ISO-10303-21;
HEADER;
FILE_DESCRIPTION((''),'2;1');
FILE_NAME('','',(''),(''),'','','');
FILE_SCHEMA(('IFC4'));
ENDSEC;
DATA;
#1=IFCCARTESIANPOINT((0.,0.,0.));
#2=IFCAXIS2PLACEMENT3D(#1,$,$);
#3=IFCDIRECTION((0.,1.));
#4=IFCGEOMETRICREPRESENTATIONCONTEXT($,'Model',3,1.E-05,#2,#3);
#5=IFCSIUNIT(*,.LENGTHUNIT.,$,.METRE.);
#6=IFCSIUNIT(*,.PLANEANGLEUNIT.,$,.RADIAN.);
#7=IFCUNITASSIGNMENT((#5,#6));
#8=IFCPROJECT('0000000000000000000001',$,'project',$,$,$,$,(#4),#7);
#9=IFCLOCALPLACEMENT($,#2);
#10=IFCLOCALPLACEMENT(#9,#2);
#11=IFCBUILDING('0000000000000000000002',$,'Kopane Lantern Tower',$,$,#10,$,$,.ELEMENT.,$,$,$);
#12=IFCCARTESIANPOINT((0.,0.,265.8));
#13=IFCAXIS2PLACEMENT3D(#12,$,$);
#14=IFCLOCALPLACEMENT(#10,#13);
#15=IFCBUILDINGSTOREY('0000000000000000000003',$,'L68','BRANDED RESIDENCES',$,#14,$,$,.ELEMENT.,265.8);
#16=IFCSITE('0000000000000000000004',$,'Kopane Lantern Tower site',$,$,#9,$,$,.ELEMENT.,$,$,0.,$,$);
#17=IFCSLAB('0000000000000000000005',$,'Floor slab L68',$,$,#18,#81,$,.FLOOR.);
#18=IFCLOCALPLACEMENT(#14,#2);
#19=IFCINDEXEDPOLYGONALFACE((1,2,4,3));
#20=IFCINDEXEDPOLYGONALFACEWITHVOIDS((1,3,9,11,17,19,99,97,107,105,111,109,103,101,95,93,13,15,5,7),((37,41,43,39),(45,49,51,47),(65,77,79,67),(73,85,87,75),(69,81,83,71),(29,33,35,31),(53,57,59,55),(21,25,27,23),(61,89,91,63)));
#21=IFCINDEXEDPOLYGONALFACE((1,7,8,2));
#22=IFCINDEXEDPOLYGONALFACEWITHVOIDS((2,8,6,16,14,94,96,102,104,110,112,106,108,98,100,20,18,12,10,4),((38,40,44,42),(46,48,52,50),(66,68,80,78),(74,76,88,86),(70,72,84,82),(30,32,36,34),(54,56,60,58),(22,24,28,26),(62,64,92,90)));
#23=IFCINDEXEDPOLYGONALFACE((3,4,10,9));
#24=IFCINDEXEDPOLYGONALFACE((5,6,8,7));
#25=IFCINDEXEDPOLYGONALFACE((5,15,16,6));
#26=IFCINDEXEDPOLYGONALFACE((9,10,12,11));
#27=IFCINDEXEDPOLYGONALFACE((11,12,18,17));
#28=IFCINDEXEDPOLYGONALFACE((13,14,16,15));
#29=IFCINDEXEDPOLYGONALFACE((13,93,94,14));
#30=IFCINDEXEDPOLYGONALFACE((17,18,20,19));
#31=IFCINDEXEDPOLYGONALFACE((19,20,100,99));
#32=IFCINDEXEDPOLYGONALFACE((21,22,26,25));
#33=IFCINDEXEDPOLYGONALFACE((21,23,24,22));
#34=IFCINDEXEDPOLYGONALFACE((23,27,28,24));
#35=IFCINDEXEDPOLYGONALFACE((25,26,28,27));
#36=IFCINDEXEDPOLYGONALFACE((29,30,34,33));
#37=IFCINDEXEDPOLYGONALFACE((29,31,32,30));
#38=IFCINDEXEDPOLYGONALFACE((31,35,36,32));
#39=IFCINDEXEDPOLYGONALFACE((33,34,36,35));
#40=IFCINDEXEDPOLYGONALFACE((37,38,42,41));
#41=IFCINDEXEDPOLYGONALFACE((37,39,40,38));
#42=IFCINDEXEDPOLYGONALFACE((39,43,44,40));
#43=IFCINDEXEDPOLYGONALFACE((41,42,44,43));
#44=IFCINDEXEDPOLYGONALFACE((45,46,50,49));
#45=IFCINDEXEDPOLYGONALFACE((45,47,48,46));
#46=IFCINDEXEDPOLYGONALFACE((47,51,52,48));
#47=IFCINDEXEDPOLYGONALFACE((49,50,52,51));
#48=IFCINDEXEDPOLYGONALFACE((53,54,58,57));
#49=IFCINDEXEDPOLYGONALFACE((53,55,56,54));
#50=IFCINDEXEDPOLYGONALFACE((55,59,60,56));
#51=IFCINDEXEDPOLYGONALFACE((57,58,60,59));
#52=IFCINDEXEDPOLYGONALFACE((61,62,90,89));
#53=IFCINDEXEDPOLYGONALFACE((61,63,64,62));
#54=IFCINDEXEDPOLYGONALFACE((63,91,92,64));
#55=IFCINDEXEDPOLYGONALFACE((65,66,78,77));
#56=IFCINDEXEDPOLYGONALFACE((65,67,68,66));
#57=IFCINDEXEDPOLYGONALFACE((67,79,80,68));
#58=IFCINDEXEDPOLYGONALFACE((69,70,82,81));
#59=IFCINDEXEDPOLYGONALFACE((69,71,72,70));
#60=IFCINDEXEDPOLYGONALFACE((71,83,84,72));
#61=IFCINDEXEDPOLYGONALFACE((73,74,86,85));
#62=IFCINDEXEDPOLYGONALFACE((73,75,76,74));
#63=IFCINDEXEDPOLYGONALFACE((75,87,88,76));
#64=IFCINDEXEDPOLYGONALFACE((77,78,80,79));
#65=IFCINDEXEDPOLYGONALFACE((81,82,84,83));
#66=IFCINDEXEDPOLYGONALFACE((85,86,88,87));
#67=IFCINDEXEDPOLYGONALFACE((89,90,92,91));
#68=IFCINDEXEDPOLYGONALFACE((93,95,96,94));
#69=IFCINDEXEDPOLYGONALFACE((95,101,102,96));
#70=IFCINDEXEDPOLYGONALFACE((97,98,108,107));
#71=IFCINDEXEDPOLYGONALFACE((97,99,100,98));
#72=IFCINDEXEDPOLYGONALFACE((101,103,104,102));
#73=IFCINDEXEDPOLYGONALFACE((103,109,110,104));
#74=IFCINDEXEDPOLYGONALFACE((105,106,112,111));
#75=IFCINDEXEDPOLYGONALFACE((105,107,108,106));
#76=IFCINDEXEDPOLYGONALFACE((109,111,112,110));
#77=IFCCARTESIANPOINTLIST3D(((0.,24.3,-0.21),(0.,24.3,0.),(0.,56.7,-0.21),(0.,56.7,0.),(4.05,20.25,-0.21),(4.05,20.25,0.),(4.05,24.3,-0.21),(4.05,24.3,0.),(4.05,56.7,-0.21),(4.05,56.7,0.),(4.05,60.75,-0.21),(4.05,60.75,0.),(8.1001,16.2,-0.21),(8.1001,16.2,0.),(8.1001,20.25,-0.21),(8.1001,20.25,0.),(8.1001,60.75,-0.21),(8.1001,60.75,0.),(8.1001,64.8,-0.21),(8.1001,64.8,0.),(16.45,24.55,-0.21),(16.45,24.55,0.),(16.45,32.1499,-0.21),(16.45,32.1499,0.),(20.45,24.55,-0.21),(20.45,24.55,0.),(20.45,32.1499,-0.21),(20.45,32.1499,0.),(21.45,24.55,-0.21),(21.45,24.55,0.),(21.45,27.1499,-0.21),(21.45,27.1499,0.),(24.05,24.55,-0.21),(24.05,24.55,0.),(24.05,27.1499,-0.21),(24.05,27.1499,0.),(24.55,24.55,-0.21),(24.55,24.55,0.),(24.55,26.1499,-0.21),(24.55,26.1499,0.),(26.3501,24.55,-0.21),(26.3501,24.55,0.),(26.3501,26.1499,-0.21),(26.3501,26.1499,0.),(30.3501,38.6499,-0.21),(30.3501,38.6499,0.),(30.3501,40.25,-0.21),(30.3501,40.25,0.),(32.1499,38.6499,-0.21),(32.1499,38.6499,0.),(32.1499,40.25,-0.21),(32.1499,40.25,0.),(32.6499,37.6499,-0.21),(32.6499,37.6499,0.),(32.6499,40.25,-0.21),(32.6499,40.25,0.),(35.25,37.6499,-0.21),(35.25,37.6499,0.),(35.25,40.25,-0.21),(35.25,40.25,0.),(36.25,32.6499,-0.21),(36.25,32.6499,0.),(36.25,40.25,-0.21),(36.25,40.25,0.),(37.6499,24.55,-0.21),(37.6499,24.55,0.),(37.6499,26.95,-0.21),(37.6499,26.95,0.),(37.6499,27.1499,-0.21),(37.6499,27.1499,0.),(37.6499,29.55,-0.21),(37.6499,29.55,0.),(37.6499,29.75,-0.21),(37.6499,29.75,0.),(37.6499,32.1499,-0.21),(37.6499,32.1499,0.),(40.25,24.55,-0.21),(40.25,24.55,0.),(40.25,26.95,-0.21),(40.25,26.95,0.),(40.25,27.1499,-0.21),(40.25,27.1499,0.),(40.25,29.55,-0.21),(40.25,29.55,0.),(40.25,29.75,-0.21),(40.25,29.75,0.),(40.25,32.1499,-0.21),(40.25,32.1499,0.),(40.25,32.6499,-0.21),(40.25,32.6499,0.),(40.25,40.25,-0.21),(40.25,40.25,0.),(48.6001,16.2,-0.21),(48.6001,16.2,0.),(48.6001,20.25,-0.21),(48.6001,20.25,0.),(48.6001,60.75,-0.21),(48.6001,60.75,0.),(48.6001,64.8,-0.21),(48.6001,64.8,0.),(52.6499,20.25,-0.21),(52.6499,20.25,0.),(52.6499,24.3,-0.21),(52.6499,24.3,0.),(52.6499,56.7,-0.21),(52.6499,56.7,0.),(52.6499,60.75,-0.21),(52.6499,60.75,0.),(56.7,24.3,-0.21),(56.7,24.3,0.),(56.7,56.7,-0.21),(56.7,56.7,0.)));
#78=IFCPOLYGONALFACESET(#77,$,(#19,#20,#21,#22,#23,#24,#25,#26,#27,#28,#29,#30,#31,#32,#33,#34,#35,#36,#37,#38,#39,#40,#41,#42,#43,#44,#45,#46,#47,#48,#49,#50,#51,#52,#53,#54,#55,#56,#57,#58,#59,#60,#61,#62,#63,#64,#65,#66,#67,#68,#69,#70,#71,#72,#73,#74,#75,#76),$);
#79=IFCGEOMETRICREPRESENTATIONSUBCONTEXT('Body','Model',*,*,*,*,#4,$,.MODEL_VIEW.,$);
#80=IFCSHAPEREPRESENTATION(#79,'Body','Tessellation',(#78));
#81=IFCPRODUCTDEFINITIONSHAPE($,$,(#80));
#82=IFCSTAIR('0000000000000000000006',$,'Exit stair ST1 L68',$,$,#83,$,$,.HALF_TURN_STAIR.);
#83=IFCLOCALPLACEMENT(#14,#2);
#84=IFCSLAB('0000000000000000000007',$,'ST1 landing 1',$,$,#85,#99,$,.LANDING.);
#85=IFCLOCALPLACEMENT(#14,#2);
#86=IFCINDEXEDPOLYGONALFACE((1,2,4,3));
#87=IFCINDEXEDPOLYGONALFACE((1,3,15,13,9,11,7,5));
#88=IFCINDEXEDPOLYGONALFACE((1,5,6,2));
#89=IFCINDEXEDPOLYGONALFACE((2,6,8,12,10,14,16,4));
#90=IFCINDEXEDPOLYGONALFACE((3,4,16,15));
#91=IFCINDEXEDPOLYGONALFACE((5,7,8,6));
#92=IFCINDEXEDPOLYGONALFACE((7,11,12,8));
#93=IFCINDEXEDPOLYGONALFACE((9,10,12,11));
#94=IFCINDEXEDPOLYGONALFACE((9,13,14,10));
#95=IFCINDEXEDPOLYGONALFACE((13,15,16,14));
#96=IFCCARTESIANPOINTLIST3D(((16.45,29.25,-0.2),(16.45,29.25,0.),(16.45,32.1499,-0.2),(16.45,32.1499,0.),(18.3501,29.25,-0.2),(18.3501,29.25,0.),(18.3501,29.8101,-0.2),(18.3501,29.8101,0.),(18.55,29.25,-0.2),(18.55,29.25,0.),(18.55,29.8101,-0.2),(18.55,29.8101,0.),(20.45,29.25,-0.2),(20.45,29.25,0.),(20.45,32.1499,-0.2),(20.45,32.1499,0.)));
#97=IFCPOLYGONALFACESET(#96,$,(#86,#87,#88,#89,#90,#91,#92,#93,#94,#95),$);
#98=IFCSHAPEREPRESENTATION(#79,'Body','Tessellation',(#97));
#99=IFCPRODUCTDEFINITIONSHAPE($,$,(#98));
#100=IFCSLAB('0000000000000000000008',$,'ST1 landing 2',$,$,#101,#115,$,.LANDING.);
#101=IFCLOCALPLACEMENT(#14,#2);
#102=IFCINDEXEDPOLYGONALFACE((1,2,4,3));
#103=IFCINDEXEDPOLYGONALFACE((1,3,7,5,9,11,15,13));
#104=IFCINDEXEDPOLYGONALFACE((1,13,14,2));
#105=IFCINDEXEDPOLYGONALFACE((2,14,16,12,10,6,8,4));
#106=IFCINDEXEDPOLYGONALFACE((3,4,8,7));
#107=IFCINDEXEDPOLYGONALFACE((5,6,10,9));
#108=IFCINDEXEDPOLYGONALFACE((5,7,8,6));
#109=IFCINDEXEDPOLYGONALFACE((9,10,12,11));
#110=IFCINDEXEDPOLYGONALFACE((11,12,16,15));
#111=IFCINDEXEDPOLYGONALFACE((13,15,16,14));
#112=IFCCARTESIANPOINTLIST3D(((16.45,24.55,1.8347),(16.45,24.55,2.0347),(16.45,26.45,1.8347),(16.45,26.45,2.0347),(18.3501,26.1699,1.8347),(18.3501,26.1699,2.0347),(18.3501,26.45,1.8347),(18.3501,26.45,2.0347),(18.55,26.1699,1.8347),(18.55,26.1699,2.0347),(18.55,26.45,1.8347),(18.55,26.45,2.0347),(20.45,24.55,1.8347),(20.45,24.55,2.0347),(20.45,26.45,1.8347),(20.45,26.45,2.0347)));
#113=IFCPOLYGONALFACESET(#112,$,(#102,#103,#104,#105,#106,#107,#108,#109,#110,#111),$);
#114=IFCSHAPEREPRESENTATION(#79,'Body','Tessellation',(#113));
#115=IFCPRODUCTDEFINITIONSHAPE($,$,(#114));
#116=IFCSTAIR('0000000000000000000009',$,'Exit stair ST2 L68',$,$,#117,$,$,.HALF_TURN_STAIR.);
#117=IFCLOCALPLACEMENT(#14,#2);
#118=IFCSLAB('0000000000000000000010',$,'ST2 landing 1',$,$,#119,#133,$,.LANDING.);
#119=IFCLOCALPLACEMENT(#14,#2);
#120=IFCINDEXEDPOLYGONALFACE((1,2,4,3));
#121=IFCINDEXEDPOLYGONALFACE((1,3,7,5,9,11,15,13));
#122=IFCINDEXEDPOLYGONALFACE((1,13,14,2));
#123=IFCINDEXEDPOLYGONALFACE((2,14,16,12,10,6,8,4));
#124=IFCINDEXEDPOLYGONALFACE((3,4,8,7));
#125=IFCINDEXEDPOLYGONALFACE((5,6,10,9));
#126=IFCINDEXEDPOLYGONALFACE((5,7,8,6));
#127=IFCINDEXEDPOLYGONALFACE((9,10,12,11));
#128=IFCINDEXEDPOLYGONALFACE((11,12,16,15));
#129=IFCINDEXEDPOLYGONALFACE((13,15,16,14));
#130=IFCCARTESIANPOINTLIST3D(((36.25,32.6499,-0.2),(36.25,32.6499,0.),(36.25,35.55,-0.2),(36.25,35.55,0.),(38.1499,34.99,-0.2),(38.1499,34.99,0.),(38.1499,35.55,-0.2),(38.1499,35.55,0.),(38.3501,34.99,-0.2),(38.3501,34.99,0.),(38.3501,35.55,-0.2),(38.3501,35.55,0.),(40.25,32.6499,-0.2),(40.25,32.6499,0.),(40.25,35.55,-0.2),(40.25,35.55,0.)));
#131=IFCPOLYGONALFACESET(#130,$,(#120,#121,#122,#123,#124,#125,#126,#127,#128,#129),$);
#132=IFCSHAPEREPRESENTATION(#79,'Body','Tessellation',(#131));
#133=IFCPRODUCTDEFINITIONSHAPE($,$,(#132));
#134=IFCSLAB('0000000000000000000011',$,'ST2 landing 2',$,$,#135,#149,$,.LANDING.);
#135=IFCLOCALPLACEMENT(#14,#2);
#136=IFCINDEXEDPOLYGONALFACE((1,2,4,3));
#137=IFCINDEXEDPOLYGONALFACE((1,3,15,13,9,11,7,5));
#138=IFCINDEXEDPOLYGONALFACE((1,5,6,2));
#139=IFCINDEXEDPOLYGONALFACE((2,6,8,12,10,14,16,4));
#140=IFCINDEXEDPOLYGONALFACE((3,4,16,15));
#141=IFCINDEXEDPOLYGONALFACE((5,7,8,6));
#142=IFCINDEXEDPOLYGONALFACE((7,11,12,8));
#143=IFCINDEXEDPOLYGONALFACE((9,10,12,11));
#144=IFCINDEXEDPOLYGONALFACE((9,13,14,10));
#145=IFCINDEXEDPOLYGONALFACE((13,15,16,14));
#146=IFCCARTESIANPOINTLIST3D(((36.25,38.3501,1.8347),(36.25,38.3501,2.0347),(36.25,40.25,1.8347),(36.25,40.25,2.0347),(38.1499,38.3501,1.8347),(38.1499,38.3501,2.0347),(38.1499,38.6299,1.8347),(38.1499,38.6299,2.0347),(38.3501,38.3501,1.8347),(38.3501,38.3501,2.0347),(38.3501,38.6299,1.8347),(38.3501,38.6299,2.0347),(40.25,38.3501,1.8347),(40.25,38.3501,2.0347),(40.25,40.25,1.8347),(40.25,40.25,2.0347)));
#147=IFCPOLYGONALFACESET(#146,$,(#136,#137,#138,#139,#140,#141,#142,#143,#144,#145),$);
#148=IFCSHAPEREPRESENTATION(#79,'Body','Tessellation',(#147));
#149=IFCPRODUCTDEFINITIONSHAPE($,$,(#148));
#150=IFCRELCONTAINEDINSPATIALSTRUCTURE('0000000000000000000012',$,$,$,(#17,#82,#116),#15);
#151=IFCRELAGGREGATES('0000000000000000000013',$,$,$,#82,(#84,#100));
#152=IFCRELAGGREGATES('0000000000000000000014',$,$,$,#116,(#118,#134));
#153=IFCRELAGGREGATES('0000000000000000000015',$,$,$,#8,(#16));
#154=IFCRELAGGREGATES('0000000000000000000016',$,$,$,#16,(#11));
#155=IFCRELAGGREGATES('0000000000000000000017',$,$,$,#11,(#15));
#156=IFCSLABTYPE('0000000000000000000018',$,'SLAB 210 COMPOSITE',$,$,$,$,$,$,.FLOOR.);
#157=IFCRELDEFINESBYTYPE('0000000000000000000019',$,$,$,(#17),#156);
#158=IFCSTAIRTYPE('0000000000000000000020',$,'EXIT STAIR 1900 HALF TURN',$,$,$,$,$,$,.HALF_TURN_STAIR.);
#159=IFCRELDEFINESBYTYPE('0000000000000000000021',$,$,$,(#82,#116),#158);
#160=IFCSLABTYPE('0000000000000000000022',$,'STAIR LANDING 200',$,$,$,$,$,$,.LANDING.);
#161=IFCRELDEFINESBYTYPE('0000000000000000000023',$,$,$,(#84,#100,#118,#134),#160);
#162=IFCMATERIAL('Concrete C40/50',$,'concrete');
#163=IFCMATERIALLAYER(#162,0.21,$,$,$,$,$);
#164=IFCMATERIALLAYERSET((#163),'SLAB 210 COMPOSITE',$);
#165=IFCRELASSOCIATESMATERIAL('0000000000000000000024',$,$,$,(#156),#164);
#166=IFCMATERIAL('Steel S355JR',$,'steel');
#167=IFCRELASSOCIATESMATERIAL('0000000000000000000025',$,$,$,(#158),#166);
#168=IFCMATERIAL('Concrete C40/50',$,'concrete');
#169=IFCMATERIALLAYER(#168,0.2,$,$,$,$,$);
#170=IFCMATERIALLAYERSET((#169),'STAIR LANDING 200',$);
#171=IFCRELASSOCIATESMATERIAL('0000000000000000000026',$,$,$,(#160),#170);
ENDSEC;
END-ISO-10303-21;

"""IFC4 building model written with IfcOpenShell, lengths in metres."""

from ifc_helpers import new_model, si_unit, direction, frame, origin, place, context, subcontext, project, spatial, polyline, outline, extrude, material, layer, layer_set, type_object, element, aggregate, save


model = new_model("IFC4")

# Units and contexts
model_context = context("Model", 3, precision=1e-05, world=origin(), true_north=direction((0.0, 1.0)))
body_context = subcontext(model_context, "Body", "Model", "MODEL_VIEW")
ifc_project = project(units=[si_unit("LENGTHUNIT", "METRE"), si_unit("PLANEANGLEUNIT", "RADIAN")], contexts=[model_context])

# Site, building, storey
site_placement = place(None, origin())
site = spatial("IfcSite", under=ifc_project, at=site_placement, Name="Kopane Lantern Tower site", CompositionType="ELEMENT", RefElevation=0.0)
building_placement = place(site_placement, origin())
building = spatial("IfcBuilding", under=site, at=building_placement, Name="Kopane Lantern Tower", CompositionType="ELEMENT")
storey_placement = place(building_placement, frame((0.0, 0.0, 265.8)))
storey = spatial("IfcBuildingStorey", under=building, at=storey_placement, Name="L68", Description="BRANDED RESIDENCES", CompositionType="ELEMENT", Elevation=265.8)

# Slab
ifc_material_1 = material(Name="Concrete C40/50", Category="concrete")
ifc_layer_1 = layer(ifc_material_1, 0.21)
ifc_layer_set_1 = layer_set([ifc_layer_1], Name="SLAB 210 COMPOSITE")
slab_type_1 = type_object("IfcSlabType", Name="SLAB 210 COMPOSITE", PredefinedType="FLOOR", material=ifc_layer_set_1)
slab_1_placement = place(storey_placement, frame((0.0, 0.0, -0.21)))
element("IfcSlab", 1, at=slab_1_placement, inside=storey, type_object=slab_type_1, Name="Floor slab L68", PredefinedType="FLOOR", context=body_context, shape_type="SweptSolid", body=[
    extrude(outline(polyline([(8.1001, 16.2), (48.6001, 16.2), (48.6001, 20.25), (52.6499, 20.25), (52.6499, 24.3), (56.7, 24.3), (56.7, 56.7), (52.6499, 56.7), (52.6499, 60.75), (48.6001, 60.75), (48.6001, 64.8), (8.1001, 64.8), (8.1001, 60.75), (4.05, 60.75), (4.05, 56.7), (0.0, 56.7), (0.0, 24.3), (4.05, 24.3), (4.05, 20.25), (8.1001, 20.25), (8.1001, 16.2)]), holes=[polyline([(16.45, 24.55), (20.45, 24.55), (20.45, 32.1499), (16.45, 32.1499), (16.45, 24.55)]), polyline([(36.25, 32.6499), (40.25, 32.6499), (40.25, 40.25), (36.25, 40.25), (36.25, 32.6499)]), polyline([(37.6499, 24.55), (40.25, 24.55), (40.25, 26.95), (37.6499, 26.95), (37.6499, 24.55)]), polyline([(37.6499, 27.1499), (40.25, 27.1499), (40.25, 29.55), (37.6499, 29.55), (37.6499, 27.1499)]), polyline([(37.6499, 29.75), (40.25, 29.75), (40.25, 32.1499), (37.6499, 32.1499), (37.6499, 29.75)]), polyline([(21.45, 24.55), (24.05, 24.55), (24.05, 27.1499), (21.45, 27.1499), (21.45, 24.55)]), polyline([(32.6499, 37.6499), (35.25, 37.6499), (35.25, 40.25), (32.6499, 40.25), (32.6499, 37.6499)]), polyline([(24.55, 24.55), (26.3501, 24.55), (26.3501, 26.1499), (24.55, 26.1499), (24.55, 24.55)]), polyline([(30.3501, 38.6499), (32.1499, 38.6499), (32.1499, 40.25), (30.3501, 40.25), (30.3501, 38.6499)])]), origin(), (0.0, 0.0, 1.0), 0.21),
])

# Stairs, slabs
ifc_material_2 = material(Name="Steel S355JR", Category="steel")
stair_type = type_object("IfcStairType", Name="EXIT STAIR 1900 HALF TURN", PredefinedType="HALF_TURN_STAIR", material=ifc_material_2)
stair_1_placement = place(storey_placement, origin())
stair_1 = element("IfcStair", 2, at=stair_1_placement, inside=storey, type_object=stair_type, Name="Exit stair ST1 L68", PredefinedType="HALF_TURN_STAIR")
ifc_material_3 = material(Name="Concrete C40/50", Category="concrete")
ifc_layer_2 = layer(ifc_material_3, 0.2)
ifc_layer_set_2 = layer_set([ifc_layer_2], Name="STAIR LANDING 200")
slab_type_2 = type_object("IfcSlabType", Name="STAIR LANDING 200", PredefinedType="LANDING", material=ifc_layer_set_2)
slab_2_placement = place(storey_placement, frame((0.0, 0.0, -0.2)))
slab_2 = element("IfcSlab", 3, at=slab_2_placement, type_object=slab_type_2, Name="ST1 landing 1", PredefinedType="LANDING", context=body_context, shape_type="SweptSolid", body=[
    extrude(outline(polyline([(18.3501, 29.8101), (18.55, 29.8101), (18.55, 29.25), (20.45, 29.25), (20.45, 32.1499), (16.45, 32.1499), (16.45, 29.25), (18.3501, 29.25), (18.3501, 29.8101)])), origin(), (0.0, 0.0, 1.0), 0.2),
])
slab_3_placement = place(storey_placement, frame((0.0, 0.0, 1.8347)))
slab_3 = element("IfcSlab", 4, at=slab_3_placement, type_object=slab_type_2, Name="ST1 landing 2", PredefinedType="LANDING", context=body_context, shape_type="SweptSolid", body=[
    extrude(outline(polyline([(20.45, 26.45), (18.55, 26.45), (18.55, 26.1699), (18.3501, 26.1699), (18.3501, 26.45), (16.45, 26.45), (16.45, 24.55), (20.45, 24.55), (20.45, 26.45)])), origin(), (0.0, 0.0, 1.0), 0.2),
])
aggregate(stair_1, [slab_2, slab_3])
stair_2_placement = place(storey_placement, origin())
stair_2 = element("IfcStair", 5, at=stair_2_placement, inside=storey, type_object=stair_type, Name="Exit stair ST2 L68", PredefinedType="HALF_TURN_STAIR")
slab_4_placement = place(storey_placement, frame((0.0, 0.0, -0.2)))
slab_4 = element("IfcSlab", 6, at=slab_4_placement, type_object=slab_type_2, Name="ST2 landing 1", PredefinedType="LANDING", context=body_context, shape_type="SweptSolid", body=[
    extrude(outline(polyline([(40.25, 35.55), (38.3501, 35.55), (38.3501, 34.99), (38.1499, 34.99), (38.1499, 35.55), (36.25, 35.55), (36.25, 32.6499), (40.25, 32.6499), (40.25, 35.55)])), origin(), (0.0, 0.0, 1.0), 0.2),
])
slab_5_placement = place(storey_placement, frame((0.0, 0.0, 1.8347)))
slab_5 = element("IfcSlab", 7, at=slab_5_placement, type_object=slab_type_2, Name="ST2 landing 2", PredefinedType="LANDING", context=body_context, shape_type="SweptSolid", body=[
    extrude(outline(polyline([(38.1499, 38.6299), (38.3501, 38.6299), (38.3501, 38.3501), (40.25, 38.3501), (40.25, 40.25), (36.25, 40.25), (36.25, 38.3501), (38.1499, 38.3501), (38.1499, 38.6299)])), origin(), (0.0, 0.0, 1.0), 0.2),
])
aggregate(stair_2, [slab_4, slab_5])

save(model, "model.ifc")
